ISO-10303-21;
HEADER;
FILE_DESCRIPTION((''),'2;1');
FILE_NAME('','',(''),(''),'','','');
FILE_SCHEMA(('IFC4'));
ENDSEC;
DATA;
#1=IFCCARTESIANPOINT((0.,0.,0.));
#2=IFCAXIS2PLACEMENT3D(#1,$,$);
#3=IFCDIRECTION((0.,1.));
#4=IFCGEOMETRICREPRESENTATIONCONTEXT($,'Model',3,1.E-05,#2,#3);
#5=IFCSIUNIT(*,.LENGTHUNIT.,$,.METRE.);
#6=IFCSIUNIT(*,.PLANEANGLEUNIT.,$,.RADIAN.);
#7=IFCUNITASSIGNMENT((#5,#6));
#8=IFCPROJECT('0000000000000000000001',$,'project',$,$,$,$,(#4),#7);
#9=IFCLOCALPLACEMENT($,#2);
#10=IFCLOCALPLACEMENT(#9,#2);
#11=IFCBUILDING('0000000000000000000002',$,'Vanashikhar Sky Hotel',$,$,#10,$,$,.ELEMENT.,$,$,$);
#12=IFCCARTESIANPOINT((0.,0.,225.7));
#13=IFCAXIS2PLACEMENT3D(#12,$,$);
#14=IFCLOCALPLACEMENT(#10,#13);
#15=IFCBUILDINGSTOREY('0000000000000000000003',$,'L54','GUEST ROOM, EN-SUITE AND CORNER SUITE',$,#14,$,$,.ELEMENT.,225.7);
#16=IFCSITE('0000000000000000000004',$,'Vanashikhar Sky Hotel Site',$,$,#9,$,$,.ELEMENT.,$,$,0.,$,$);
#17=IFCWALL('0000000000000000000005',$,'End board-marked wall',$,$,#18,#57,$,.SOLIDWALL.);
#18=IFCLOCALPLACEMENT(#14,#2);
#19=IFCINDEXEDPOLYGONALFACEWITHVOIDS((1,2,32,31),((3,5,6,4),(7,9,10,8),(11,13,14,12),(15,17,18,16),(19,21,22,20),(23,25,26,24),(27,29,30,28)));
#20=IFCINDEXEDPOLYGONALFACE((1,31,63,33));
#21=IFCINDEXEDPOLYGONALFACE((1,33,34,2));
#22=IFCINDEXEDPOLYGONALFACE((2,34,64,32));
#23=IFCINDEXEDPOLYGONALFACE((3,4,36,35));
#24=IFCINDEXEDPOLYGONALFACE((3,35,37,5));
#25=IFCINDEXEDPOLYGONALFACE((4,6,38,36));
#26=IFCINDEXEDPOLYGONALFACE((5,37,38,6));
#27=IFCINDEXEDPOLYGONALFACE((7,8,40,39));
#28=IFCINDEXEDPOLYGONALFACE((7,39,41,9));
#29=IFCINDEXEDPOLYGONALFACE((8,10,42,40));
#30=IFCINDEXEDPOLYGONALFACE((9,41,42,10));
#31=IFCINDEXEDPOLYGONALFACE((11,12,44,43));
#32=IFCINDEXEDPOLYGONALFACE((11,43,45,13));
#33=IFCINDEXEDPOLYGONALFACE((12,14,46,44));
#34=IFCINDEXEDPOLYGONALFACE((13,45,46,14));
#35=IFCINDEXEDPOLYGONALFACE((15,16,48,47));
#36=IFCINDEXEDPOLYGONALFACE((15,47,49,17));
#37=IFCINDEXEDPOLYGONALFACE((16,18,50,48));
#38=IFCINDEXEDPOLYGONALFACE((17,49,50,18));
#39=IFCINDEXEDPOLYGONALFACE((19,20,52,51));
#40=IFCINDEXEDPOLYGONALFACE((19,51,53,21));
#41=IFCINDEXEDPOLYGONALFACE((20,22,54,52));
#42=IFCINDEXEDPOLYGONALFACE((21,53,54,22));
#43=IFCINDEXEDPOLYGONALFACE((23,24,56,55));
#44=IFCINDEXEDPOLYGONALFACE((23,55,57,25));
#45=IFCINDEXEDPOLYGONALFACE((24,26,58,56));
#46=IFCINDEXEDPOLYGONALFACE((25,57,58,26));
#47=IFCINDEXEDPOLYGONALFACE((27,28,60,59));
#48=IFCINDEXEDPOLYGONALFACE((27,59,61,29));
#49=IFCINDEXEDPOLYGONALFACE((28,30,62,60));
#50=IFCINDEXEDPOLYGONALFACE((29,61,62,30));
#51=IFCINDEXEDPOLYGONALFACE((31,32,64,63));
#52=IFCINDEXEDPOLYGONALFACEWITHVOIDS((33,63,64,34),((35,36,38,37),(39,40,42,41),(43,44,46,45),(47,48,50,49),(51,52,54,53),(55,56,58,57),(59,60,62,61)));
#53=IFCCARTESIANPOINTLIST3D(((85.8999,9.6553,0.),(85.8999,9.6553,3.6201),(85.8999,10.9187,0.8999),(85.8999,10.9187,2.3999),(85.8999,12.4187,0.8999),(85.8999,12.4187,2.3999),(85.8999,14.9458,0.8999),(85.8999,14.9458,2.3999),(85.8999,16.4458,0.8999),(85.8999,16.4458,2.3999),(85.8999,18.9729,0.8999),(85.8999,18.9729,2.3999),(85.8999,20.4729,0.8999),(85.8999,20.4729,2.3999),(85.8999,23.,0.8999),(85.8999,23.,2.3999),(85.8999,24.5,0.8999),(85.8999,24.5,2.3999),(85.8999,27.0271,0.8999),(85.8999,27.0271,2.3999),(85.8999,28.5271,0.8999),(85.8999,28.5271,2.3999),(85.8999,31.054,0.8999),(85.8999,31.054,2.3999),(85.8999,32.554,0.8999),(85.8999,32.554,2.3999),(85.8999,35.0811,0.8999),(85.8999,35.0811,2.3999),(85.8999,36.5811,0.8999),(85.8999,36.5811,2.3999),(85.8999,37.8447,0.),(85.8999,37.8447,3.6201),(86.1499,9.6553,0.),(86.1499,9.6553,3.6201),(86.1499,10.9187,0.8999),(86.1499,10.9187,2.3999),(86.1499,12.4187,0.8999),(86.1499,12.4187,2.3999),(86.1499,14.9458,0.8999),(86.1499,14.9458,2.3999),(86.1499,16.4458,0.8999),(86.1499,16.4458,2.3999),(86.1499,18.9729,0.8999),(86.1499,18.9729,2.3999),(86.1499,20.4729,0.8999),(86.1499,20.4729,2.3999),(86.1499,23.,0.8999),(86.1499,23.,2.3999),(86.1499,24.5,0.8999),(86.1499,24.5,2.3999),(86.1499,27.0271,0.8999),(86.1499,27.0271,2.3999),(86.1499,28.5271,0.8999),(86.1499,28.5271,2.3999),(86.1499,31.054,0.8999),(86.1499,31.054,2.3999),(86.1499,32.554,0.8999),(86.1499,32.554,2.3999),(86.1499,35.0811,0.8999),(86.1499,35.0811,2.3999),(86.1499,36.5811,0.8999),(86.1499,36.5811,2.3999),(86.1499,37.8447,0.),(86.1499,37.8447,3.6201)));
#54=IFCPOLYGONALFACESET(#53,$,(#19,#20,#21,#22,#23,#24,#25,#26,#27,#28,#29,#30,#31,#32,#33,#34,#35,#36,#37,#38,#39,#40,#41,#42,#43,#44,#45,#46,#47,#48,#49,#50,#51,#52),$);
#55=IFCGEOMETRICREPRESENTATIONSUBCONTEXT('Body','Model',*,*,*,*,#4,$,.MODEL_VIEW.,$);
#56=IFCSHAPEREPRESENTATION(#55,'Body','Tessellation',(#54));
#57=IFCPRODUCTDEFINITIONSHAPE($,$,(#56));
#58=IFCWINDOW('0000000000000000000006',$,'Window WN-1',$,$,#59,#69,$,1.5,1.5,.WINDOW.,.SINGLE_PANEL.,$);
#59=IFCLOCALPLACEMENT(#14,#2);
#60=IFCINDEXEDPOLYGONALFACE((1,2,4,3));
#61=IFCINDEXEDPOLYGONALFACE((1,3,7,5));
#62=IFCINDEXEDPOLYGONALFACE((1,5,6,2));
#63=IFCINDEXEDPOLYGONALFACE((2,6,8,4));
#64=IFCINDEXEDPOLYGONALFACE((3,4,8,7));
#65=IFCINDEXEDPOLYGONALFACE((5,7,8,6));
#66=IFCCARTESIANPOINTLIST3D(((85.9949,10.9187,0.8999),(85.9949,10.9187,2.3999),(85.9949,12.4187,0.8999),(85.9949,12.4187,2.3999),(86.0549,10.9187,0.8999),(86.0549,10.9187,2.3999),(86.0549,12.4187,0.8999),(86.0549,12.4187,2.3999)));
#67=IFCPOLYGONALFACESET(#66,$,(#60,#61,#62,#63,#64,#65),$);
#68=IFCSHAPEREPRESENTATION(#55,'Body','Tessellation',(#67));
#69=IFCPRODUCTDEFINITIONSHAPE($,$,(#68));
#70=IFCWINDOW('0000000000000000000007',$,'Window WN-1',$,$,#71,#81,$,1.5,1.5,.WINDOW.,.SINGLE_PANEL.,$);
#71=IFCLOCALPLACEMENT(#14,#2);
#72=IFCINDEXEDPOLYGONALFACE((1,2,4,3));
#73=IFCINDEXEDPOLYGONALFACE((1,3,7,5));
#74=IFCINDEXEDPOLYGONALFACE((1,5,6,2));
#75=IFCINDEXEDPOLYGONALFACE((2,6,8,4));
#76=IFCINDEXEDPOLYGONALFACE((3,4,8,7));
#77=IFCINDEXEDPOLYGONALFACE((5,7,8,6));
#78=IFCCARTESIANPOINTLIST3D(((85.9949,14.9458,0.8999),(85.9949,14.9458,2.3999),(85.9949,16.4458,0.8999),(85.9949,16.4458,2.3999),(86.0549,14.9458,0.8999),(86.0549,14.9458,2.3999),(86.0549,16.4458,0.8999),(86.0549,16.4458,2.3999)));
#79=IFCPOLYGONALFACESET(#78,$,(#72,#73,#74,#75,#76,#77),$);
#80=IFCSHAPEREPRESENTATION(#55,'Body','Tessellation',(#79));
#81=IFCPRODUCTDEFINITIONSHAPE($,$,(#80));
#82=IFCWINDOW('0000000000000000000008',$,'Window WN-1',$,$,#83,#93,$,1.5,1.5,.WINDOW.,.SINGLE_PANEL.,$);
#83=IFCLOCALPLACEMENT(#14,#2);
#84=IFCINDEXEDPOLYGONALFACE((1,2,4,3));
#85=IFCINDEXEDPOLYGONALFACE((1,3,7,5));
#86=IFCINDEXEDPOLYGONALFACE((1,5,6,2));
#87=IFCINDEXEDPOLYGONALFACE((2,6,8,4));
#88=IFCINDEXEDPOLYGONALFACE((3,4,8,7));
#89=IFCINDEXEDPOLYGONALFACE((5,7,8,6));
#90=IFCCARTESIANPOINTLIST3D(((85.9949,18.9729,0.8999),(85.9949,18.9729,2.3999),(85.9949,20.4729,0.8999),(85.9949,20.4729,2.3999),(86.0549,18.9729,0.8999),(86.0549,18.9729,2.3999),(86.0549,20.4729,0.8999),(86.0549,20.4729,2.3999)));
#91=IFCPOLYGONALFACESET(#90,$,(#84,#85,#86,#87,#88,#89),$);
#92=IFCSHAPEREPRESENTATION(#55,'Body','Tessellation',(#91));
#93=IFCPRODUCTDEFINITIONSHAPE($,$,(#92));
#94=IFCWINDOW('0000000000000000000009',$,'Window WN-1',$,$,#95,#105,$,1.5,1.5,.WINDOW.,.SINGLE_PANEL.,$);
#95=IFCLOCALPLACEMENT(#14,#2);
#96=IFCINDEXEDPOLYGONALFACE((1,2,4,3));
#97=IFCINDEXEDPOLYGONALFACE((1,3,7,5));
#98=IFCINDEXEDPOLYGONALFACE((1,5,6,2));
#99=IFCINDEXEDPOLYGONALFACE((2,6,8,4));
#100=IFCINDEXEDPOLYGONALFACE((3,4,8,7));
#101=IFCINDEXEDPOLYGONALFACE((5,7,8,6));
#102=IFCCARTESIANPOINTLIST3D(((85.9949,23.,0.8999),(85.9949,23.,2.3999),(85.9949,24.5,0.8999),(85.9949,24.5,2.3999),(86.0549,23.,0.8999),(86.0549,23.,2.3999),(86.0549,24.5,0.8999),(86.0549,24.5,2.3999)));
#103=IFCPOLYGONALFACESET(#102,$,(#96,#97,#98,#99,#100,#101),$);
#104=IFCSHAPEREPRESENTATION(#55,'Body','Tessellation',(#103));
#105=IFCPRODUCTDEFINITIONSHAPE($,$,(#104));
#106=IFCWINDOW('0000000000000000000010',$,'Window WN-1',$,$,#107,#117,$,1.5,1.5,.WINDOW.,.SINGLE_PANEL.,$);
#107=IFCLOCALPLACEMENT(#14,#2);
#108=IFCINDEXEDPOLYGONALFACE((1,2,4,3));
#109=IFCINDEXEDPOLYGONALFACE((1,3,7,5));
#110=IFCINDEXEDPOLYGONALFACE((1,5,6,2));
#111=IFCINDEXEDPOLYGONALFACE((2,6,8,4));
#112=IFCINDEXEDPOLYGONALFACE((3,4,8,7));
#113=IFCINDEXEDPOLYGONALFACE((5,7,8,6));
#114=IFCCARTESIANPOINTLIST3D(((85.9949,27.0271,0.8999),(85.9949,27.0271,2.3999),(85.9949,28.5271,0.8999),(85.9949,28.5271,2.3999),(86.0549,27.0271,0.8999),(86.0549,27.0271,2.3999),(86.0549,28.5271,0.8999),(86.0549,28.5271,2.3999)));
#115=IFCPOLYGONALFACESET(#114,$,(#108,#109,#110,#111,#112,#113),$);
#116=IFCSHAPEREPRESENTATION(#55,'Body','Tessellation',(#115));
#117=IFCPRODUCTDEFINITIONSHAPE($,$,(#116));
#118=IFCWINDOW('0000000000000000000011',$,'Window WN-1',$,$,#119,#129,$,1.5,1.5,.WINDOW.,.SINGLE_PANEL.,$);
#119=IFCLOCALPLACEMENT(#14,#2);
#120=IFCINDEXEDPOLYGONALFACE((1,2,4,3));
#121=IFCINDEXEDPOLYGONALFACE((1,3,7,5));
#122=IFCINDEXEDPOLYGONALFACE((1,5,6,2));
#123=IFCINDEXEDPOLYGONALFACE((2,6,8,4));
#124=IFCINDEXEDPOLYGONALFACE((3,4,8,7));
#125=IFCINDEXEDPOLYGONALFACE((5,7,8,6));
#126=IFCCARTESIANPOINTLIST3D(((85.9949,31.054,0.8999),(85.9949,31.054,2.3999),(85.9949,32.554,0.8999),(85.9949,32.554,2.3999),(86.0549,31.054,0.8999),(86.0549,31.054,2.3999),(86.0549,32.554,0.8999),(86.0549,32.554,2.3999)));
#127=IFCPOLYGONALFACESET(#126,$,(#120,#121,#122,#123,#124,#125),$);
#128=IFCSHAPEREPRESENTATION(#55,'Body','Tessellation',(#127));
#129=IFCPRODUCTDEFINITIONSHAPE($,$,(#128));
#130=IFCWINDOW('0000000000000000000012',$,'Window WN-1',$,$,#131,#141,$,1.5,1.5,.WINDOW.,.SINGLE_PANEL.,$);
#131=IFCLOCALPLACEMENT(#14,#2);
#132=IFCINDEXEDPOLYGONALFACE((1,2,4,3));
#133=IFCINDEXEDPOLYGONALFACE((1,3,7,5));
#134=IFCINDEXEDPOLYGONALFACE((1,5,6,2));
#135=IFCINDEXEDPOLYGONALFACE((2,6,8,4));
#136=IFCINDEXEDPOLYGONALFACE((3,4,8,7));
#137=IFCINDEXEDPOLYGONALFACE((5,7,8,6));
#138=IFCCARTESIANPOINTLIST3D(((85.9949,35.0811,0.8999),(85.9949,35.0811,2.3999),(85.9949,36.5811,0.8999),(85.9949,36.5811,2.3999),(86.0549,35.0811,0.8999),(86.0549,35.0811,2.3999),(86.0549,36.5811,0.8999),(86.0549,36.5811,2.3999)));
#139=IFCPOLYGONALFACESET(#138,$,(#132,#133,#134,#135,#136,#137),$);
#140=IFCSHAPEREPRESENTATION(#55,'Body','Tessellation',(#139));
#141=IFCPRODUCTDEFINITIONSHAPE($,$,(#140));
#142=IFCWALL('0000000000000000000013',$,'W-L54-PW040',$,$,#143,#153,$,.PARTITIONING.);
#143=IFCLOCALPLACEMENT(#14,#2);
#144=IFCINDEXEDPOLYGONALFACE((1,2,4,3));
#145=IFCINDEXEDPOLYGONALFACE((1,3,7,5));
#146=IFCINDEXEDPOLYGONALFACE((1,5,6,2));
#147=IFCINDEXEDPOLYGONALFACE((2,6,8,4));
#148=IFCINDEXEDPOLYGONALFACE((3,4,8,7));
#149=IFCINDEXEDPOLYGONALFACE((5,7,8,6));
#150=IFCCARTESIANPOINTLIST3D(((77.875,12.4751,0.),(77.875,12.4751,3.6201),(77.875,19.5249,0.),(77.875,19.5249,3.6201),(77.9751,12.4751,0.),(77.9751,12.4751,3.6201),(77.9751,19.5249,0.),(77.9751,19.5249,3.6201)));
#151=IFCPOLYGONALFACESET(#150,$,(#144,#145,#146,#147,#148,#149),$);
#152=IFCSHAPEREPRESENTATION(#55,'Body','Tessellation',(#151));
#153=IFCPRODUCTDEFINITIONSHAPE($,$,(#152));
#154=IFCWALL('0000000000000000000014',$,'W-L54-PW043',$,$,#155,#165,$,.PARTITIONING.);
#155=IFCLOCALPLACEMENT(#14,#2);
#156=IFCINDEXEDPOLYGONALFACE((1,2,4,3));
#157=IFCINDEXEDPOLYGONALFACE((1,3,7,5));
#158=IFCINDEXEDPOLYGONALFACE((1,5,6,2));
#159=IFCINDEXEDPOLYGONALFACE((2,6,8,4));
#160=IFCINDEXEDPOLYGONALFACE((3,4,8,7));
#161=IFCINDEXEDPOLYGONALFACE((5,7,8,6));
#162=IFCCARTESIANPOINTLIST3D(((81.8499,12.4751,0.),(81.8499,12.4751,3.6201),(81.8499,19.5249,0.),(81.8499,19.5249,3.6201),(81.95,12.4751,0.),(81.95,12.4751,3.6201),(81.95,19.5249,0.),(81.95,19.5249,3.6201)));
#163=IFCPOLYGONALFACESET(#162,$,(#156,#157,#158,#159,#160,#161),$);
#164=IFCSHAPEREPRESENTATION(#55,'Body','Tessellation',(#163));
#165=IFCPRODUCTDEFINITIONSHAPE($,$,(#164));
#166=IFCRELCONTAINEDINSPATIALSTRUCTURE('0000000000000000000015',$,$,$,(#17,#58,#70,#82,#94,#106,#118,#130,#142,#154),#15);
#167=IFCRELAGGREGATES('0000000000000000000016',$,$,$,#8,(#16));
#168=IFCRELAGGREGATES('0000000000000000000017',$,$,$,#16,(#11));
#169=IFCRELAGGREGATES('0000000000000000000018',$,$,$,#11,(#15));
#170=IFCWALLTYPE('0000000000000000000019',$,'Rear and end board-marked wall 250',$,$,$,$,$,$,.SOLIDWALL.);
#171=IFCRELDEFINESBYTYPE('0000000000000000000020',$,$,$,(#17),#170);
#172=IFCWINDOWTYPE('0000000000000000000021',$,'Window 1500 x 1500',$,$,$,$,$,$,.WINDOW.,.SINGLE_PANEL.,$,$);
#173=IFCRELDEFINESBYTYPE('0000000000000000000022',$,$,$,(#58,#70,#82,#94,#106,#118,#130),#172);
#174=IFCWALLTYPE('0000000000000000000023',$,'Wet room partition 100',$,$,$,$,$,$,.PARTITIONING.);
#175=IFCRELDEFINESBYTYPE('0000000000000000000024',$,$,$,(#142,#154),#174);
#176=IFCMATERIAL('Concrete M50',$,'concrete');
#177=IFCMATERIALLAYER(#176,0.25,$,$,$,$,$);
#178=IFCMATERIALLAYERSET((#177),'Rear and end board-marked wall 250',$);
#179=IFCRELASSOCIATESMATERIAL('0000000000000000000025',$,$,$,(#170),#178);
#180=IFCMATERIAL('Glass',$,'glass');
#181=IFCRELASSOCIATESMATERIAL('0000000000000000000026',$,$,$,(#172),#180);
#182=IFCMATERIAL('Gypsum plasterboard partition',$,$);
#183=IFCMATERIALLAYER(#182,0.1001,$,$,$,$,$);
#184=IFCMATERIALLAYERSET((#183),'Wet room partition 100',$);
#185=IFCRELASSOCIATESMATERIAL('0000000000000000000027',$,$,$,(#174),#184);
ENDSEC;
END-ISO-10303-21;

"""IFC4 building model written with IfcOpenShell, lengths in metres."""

from ifc_helpers import new_model, si_unit, direction, frame, frame_2d, origin, place, context, subcontext, project, spatial, rectangle, extrude, source, transform, mapped, material, layer, layer_set, type_object, element, fill, save


model = new_model("IFC4")

# Units and contexts
model_context = context("Model", 3, precision=1e-05, world=origin(), true_north=direction((0.0, 1.0)))
body_context = subcontext(model_context, "Body", "Model", "MODEL_VIEW")
ifc_project = project(units=[si_unit("LENGTHUNIT", "METRE"), si_unit("PLANEANGLEUNIT", "RADIAN")], contexts=[model_context])

# Site, building, storey
site_placement = place(None, origin())
site = spatial("IfcSite", under=ifc_project, at=site_placement, Name="Vanashikhar Sky Hotel Site", CompositionType="ELEMENT", RefElevation=0.0)
building_placement = place(site_placement, origin())
building = spatial("IfcBuilding", under=site, at=building_placement, Name="Vanashikhar Sky Hotel", CompositionType="ELEMENT")
storey_placement = place(building_placement, frame((0.0, 0.0, 225.7)))
storey = spatial("IfcBuildingStorey", under=building, at=storey_placement, Name="L54", Description="GUEST ROOM, EN-SUITE AND CORNER SUITE", CompositionType="ELEMENT", Elevation=225.7)

# Shared definitions
ifc_material_1 = material(Name="Concrete M50", Category="concrete")
ifc_material_2 = material(Name="Glass", Category="glass")

# Wall, openings, windows
ifc_layer_1 = layer(ifc_material_1, 0.25)
ifc_layer_set_1 = layer_set([ifc_layer_1], Name="Rear and end board-marked wall 250")
wall_type_1 = type_object("IfcWallType", Name="Rear and end board-marked wall 250", PredefinedType="SOLIDWALL", material=ifc_layer_set_1)
shared_shape_1 = source(origin(), body_context, "Body", "SweptSolid", [
    extrude(rectangle(XDim=28.1895, YDim=0.25, at=frame_2d((14.0947, 0.0))), origin(), (0.0, 0.0, 1.0), 3.6201),
])
wall_1_placement = place(storey_placement, frame((86.0249, 9.6553, 0.0), z_axis=(0.0, 0.0, 1.0), x_axis=(0.0, 1.0, 0.0)))
wall_1 = element("IfcWall", 1, at=wall_1_placement, inside=storey, type_object=wall_type_1, Name="End board-marked wall", PredefinedType="SOLIDWALL", context=body_context, shape_type="MappedRepresentation", body=[
    mapped(shared_shape_1, transform((0.0, 0.0, 0.0), scale=1.0)),
])
shared_shape_2 = source(origin(), body_context, "Body", "SweptSolid", [
    extrude(rectangle(XDim=1.5, YDim=1.5, at=frame_2d((0.75, 0.75))), frame((0.0, 0.135, 0.0), z_axis=(0.0, -1.0, 0.0), x_axis=(1.0, 0.0, 0.0)), (0.0, 0.0, 1.0), 0.27),
])
opening_1_placement = place(wall_1_placement, frame((1.2634, 0.0, 0.8999)))
opening_1 = element("IfcOpeningElement", 2, at=opening_1_placement, cuts=wall_1, PredefinedType="OPENING", context=body_context, shape_type="MappedRepresentation", body=[
    mapped(shared_shape_2, transform((0.0, 0.0, 0.0), scale=1.0)),
])
opening_2_placement = place(wall_1_placement, frame((5.2905, 0.0, 0.8999)))
opening_2 = element("IfcOpeningElement", 3, at=opening_2_placement, cuts=wall_1, PredefinedType="OPENING", context=body_context, shape_type="MappedRepresentation", body=[
    mapped(shared_shape_2, transform((0.0, 0.0, 0.0), scale=1.0)),
])
opening_3_placement = place(wall_1_placement, frame((9.3176, 0.0, 0.8999)))
opening_3 = element("IfcOpeningElement", 4, at=opening_3_placement, cuts=wall_1, PredefinedType="OPENING", context=body_context, shape_type="MappedRepresentation", body=[
    mapped(shared_shape_2, transform((0.0, 0.0, 0.0), scale=1.0)),
])
opening_4_placement = place(wall_1_placement, frame((13.3447, 0.0, 0.8999)))
opening_4 = element("IfcOpeningElement", 5, at=opening_4_placement, cuts=wall_1, PredefinedType="OPENING", context=body_context, shape_type="MappedRepresentation", body=[
    mapped(shared_shape_2, transform((0.0, 0.0, 0.0), scale=1.0)),
])
opening_5_placement = place(wall_1_placement, frame((17.3718, 0.0, 0.8999)))
opening_5 = element("IfcOpeningElement", 6, at=opening_5_placement, cuts=wall_1, PredefinedType="OPENING", context=body_context, shape_type="MappedRepresentation", body=[
    mapped(shared_shape_2, transform((0.0, 0.0, 0.0), scale=1.0)),
])
opening_6_placement = place(wall_1_placement, frame((21.3987, 0.0, 0.8999)))
opening_6 = element("IfcOpeningElement", 7, at=opening_6_placement, cuts=wall_1, PredefinedType="OPENING", context=body_context, shape_type="MappedRepresentation", body=[
    mapped(shared_shape_2, transform((0.0, 0.0, 0.0), scale=1.0)),
])
opening_7_placement = place(wall_1_placement, frame((25.4258, 0.0, 0.8999)))
opening_7 = element("IfcOpeningElement", 8, at=opening_7_placement, cuts=wall_1, PredefinedType="OPENING", context=body_context, shape_type="MappedRepresentation", body=[
    mapped(shared_shape_2, transform((0.0, 0.0, 0.0), scale=1.0)),
])
window_type_1 = type_object("IfcWindowType", Name="Window 1500 x 1500", PartitioningType="SINGLE_PANEL", PredefinedType="WINDOW", material=ifc_material_2)
shared_shape_3 = source(origin(), body_context, "Body", "SweptSolid", [
    extrude(rectangle(XDim=1.5, YDim=1.5, at=frame_2d((0.75, 0.75))), frame((0.0, 0.03, 0.0), z_axis=(0.0, -1.0, 0.0), x_axis=(1.0, 0.0, 0.0)), (0.0, 0.0, 1.0), 0.0601),
])
window_1_placement = place(opening_1_placement, origin())
window_1 = element("IfcWindow", 9, at=window_1_placement, inside=storey, type_object=window_type_1, Name="Window WN-1", OverallHeight=1.5, OverallWidth=1.5, PartitioningType="SINGLE_PANEL", PredefinedType="WINDOW", context=body_context, shape_type="MappedRepresentation", body=[
    mapped(shared_shape_3, transform((0.0, 0.0, 0.0), scale=1.0)),
])
fill(opening_1, window_1)
window_2_placement = place(opening_2_placement, origin())
window_2 = element("IfcWindow", 10, at=window_2_placement, inside=storey, type_object=window_type_1, Name="Window WN-1", OverallHeight=1.5, OverallWidth=1.5, PartitioningType="SINGLE_PANEL", PredefinedType="WINDOW", context=body_context, shape_type="MappedRepresentation", body=[
    mapped(shared_shape_3, transform((0.0, 0.0, 0.0), scale=1.0)),
])
fill(opening_2, window_2)
window_3_placement = place(opening_3_placement, origin())
window_3 = element("IfcWindow", 11, at=window_3_placement, inside=storey, type_object=window_type_1, Name="Window WN-1", OverallHeight=1.5, OverallWidth=1.5, PartitioningType="SINGLE_PANEL", PredefinedType="WINDOW", context=body_context, shape_type="MappedRepresentation", body=[
    mapped(shared_shape_3, transform((0.0, 0.0, 0.0), scale=1.0)),
])
fill(opening_3, window_3)
window_4_placement = place(opening_4_placement, origin())
window_4 = element("IfcWindow", 12, at=window_4_placement, inside=storey, type_object=window_type_1, Name="Window WN-1", OverallHeight=1.5, OverallWidth=1.5, PartitioningType="SINGLE_PANEL", PredefinedType="WINDOW", context=body_context, shape_type="MappedRepresentation", body=[
    mapped(shared_shape_3, transform((0.0, 0.0, 0.0), scale=1.0)),
])
fill(opening_4, window_4)
window_5_placement = place(opening_5_placement, origin())
window_5 = element("IfcWindow", 13, at=window_5_placement, inside=storey, type_object=window_type_1, Name="Window WN-1", OverallHeight=1.5, OverallWidth=1.5, PartitioningType="SINGLE_PANEL", PredefinedType="WINDOW", context=body_context, shape_type="MappedRepresentation", body=[
    mapped(shared_shape_3, transform((0.0, 0.0, 0.0), scale=1.0)),
])
fill(opening_5, window_5)
window_6_placement = place(opening_6_placement, origin())
window_6 = element("IfcWindow", 14, at=window_6_placement, inside=storey, type_object=window_type_1, Name="Window WN-1", OverallHeight=1.5, OverallWidth=1.5, PartitioningType="SINGLE_PANEL", PredefinedType="WINDOW", context=body_context, shape_type="MappedRepresentation", body=[
    mapped(shared_shape_3, transform((0.0, 0.0, 0.0), scale=1.0)),
])
fill(opening_6, window_6)
window_7_placement = place(opening_7_placement, origin())
window_7 = element("IfcWindow", 15, at=window_7_placement, inside=storey, type_object=window_type_1, Name="Window WN-1", OverallHeight=1.5, OverallWidth=1.5, PartitioningType="SINGLE_PANEL", PredefinedType="WINDOW", context=body_context, shape_type="MappedRepresentation", body=[
    mapped(shared_shape_3, transform((0.0, 0.0, 0.0), scale=1.0)),
])
fill(opening_7, window_7)

# Walls
ifc_material_3 = material(Name="Gypsum plasterboard partition")
ifc_layer_2 = layer(ifc_material_3, 0.1001)
ifc_layer_set_2 = layer_set([ifc_layer_2], Name="Wet room partition 100")
wall_type_2 = type_object("IfcWallType", Name="Wet room partition 100", PredefinedType="PARTITIONING", material=ifc_layer_set_2)
shared_shape_4 = source(origin(), body_context, "Body", "SweptSolid", [
    extrude(rectangle(XDim=7.0498, YDim=0.1001, at=frame_2d((3.5249, 0.0))), origin(), (0.0, 0.0, 1.0), 3.6201),
])
for number, where, z_axis, x_axis, name in (
    (16, (77.925, 12.4751, 0.0), (0.0, 0.0, 1.0), (0.0, 1.0, 0.0), "W-L54-PW040"),
    (17, (81.8999, 12.4751, 0.0), (0.0, 0.0, 1.0), (0.0, 1.0, 0.0), "W-L54-PW043"),
):
    element("IfcWall", number, at=place(storey_placement, frame(where, z_axis=z_axis, x_axis=x_axis)), inside=storey, type_object=wall_type_2, Name=name, PredefinedType="PARTITIONING", context=body_context, shape_type="MappedRepresentation", body=[
        mapped(shared_shape_4, transform((0.0, 0.0, 0.0), scale=1.0)),
    ])

save(model, "model.ifc")
